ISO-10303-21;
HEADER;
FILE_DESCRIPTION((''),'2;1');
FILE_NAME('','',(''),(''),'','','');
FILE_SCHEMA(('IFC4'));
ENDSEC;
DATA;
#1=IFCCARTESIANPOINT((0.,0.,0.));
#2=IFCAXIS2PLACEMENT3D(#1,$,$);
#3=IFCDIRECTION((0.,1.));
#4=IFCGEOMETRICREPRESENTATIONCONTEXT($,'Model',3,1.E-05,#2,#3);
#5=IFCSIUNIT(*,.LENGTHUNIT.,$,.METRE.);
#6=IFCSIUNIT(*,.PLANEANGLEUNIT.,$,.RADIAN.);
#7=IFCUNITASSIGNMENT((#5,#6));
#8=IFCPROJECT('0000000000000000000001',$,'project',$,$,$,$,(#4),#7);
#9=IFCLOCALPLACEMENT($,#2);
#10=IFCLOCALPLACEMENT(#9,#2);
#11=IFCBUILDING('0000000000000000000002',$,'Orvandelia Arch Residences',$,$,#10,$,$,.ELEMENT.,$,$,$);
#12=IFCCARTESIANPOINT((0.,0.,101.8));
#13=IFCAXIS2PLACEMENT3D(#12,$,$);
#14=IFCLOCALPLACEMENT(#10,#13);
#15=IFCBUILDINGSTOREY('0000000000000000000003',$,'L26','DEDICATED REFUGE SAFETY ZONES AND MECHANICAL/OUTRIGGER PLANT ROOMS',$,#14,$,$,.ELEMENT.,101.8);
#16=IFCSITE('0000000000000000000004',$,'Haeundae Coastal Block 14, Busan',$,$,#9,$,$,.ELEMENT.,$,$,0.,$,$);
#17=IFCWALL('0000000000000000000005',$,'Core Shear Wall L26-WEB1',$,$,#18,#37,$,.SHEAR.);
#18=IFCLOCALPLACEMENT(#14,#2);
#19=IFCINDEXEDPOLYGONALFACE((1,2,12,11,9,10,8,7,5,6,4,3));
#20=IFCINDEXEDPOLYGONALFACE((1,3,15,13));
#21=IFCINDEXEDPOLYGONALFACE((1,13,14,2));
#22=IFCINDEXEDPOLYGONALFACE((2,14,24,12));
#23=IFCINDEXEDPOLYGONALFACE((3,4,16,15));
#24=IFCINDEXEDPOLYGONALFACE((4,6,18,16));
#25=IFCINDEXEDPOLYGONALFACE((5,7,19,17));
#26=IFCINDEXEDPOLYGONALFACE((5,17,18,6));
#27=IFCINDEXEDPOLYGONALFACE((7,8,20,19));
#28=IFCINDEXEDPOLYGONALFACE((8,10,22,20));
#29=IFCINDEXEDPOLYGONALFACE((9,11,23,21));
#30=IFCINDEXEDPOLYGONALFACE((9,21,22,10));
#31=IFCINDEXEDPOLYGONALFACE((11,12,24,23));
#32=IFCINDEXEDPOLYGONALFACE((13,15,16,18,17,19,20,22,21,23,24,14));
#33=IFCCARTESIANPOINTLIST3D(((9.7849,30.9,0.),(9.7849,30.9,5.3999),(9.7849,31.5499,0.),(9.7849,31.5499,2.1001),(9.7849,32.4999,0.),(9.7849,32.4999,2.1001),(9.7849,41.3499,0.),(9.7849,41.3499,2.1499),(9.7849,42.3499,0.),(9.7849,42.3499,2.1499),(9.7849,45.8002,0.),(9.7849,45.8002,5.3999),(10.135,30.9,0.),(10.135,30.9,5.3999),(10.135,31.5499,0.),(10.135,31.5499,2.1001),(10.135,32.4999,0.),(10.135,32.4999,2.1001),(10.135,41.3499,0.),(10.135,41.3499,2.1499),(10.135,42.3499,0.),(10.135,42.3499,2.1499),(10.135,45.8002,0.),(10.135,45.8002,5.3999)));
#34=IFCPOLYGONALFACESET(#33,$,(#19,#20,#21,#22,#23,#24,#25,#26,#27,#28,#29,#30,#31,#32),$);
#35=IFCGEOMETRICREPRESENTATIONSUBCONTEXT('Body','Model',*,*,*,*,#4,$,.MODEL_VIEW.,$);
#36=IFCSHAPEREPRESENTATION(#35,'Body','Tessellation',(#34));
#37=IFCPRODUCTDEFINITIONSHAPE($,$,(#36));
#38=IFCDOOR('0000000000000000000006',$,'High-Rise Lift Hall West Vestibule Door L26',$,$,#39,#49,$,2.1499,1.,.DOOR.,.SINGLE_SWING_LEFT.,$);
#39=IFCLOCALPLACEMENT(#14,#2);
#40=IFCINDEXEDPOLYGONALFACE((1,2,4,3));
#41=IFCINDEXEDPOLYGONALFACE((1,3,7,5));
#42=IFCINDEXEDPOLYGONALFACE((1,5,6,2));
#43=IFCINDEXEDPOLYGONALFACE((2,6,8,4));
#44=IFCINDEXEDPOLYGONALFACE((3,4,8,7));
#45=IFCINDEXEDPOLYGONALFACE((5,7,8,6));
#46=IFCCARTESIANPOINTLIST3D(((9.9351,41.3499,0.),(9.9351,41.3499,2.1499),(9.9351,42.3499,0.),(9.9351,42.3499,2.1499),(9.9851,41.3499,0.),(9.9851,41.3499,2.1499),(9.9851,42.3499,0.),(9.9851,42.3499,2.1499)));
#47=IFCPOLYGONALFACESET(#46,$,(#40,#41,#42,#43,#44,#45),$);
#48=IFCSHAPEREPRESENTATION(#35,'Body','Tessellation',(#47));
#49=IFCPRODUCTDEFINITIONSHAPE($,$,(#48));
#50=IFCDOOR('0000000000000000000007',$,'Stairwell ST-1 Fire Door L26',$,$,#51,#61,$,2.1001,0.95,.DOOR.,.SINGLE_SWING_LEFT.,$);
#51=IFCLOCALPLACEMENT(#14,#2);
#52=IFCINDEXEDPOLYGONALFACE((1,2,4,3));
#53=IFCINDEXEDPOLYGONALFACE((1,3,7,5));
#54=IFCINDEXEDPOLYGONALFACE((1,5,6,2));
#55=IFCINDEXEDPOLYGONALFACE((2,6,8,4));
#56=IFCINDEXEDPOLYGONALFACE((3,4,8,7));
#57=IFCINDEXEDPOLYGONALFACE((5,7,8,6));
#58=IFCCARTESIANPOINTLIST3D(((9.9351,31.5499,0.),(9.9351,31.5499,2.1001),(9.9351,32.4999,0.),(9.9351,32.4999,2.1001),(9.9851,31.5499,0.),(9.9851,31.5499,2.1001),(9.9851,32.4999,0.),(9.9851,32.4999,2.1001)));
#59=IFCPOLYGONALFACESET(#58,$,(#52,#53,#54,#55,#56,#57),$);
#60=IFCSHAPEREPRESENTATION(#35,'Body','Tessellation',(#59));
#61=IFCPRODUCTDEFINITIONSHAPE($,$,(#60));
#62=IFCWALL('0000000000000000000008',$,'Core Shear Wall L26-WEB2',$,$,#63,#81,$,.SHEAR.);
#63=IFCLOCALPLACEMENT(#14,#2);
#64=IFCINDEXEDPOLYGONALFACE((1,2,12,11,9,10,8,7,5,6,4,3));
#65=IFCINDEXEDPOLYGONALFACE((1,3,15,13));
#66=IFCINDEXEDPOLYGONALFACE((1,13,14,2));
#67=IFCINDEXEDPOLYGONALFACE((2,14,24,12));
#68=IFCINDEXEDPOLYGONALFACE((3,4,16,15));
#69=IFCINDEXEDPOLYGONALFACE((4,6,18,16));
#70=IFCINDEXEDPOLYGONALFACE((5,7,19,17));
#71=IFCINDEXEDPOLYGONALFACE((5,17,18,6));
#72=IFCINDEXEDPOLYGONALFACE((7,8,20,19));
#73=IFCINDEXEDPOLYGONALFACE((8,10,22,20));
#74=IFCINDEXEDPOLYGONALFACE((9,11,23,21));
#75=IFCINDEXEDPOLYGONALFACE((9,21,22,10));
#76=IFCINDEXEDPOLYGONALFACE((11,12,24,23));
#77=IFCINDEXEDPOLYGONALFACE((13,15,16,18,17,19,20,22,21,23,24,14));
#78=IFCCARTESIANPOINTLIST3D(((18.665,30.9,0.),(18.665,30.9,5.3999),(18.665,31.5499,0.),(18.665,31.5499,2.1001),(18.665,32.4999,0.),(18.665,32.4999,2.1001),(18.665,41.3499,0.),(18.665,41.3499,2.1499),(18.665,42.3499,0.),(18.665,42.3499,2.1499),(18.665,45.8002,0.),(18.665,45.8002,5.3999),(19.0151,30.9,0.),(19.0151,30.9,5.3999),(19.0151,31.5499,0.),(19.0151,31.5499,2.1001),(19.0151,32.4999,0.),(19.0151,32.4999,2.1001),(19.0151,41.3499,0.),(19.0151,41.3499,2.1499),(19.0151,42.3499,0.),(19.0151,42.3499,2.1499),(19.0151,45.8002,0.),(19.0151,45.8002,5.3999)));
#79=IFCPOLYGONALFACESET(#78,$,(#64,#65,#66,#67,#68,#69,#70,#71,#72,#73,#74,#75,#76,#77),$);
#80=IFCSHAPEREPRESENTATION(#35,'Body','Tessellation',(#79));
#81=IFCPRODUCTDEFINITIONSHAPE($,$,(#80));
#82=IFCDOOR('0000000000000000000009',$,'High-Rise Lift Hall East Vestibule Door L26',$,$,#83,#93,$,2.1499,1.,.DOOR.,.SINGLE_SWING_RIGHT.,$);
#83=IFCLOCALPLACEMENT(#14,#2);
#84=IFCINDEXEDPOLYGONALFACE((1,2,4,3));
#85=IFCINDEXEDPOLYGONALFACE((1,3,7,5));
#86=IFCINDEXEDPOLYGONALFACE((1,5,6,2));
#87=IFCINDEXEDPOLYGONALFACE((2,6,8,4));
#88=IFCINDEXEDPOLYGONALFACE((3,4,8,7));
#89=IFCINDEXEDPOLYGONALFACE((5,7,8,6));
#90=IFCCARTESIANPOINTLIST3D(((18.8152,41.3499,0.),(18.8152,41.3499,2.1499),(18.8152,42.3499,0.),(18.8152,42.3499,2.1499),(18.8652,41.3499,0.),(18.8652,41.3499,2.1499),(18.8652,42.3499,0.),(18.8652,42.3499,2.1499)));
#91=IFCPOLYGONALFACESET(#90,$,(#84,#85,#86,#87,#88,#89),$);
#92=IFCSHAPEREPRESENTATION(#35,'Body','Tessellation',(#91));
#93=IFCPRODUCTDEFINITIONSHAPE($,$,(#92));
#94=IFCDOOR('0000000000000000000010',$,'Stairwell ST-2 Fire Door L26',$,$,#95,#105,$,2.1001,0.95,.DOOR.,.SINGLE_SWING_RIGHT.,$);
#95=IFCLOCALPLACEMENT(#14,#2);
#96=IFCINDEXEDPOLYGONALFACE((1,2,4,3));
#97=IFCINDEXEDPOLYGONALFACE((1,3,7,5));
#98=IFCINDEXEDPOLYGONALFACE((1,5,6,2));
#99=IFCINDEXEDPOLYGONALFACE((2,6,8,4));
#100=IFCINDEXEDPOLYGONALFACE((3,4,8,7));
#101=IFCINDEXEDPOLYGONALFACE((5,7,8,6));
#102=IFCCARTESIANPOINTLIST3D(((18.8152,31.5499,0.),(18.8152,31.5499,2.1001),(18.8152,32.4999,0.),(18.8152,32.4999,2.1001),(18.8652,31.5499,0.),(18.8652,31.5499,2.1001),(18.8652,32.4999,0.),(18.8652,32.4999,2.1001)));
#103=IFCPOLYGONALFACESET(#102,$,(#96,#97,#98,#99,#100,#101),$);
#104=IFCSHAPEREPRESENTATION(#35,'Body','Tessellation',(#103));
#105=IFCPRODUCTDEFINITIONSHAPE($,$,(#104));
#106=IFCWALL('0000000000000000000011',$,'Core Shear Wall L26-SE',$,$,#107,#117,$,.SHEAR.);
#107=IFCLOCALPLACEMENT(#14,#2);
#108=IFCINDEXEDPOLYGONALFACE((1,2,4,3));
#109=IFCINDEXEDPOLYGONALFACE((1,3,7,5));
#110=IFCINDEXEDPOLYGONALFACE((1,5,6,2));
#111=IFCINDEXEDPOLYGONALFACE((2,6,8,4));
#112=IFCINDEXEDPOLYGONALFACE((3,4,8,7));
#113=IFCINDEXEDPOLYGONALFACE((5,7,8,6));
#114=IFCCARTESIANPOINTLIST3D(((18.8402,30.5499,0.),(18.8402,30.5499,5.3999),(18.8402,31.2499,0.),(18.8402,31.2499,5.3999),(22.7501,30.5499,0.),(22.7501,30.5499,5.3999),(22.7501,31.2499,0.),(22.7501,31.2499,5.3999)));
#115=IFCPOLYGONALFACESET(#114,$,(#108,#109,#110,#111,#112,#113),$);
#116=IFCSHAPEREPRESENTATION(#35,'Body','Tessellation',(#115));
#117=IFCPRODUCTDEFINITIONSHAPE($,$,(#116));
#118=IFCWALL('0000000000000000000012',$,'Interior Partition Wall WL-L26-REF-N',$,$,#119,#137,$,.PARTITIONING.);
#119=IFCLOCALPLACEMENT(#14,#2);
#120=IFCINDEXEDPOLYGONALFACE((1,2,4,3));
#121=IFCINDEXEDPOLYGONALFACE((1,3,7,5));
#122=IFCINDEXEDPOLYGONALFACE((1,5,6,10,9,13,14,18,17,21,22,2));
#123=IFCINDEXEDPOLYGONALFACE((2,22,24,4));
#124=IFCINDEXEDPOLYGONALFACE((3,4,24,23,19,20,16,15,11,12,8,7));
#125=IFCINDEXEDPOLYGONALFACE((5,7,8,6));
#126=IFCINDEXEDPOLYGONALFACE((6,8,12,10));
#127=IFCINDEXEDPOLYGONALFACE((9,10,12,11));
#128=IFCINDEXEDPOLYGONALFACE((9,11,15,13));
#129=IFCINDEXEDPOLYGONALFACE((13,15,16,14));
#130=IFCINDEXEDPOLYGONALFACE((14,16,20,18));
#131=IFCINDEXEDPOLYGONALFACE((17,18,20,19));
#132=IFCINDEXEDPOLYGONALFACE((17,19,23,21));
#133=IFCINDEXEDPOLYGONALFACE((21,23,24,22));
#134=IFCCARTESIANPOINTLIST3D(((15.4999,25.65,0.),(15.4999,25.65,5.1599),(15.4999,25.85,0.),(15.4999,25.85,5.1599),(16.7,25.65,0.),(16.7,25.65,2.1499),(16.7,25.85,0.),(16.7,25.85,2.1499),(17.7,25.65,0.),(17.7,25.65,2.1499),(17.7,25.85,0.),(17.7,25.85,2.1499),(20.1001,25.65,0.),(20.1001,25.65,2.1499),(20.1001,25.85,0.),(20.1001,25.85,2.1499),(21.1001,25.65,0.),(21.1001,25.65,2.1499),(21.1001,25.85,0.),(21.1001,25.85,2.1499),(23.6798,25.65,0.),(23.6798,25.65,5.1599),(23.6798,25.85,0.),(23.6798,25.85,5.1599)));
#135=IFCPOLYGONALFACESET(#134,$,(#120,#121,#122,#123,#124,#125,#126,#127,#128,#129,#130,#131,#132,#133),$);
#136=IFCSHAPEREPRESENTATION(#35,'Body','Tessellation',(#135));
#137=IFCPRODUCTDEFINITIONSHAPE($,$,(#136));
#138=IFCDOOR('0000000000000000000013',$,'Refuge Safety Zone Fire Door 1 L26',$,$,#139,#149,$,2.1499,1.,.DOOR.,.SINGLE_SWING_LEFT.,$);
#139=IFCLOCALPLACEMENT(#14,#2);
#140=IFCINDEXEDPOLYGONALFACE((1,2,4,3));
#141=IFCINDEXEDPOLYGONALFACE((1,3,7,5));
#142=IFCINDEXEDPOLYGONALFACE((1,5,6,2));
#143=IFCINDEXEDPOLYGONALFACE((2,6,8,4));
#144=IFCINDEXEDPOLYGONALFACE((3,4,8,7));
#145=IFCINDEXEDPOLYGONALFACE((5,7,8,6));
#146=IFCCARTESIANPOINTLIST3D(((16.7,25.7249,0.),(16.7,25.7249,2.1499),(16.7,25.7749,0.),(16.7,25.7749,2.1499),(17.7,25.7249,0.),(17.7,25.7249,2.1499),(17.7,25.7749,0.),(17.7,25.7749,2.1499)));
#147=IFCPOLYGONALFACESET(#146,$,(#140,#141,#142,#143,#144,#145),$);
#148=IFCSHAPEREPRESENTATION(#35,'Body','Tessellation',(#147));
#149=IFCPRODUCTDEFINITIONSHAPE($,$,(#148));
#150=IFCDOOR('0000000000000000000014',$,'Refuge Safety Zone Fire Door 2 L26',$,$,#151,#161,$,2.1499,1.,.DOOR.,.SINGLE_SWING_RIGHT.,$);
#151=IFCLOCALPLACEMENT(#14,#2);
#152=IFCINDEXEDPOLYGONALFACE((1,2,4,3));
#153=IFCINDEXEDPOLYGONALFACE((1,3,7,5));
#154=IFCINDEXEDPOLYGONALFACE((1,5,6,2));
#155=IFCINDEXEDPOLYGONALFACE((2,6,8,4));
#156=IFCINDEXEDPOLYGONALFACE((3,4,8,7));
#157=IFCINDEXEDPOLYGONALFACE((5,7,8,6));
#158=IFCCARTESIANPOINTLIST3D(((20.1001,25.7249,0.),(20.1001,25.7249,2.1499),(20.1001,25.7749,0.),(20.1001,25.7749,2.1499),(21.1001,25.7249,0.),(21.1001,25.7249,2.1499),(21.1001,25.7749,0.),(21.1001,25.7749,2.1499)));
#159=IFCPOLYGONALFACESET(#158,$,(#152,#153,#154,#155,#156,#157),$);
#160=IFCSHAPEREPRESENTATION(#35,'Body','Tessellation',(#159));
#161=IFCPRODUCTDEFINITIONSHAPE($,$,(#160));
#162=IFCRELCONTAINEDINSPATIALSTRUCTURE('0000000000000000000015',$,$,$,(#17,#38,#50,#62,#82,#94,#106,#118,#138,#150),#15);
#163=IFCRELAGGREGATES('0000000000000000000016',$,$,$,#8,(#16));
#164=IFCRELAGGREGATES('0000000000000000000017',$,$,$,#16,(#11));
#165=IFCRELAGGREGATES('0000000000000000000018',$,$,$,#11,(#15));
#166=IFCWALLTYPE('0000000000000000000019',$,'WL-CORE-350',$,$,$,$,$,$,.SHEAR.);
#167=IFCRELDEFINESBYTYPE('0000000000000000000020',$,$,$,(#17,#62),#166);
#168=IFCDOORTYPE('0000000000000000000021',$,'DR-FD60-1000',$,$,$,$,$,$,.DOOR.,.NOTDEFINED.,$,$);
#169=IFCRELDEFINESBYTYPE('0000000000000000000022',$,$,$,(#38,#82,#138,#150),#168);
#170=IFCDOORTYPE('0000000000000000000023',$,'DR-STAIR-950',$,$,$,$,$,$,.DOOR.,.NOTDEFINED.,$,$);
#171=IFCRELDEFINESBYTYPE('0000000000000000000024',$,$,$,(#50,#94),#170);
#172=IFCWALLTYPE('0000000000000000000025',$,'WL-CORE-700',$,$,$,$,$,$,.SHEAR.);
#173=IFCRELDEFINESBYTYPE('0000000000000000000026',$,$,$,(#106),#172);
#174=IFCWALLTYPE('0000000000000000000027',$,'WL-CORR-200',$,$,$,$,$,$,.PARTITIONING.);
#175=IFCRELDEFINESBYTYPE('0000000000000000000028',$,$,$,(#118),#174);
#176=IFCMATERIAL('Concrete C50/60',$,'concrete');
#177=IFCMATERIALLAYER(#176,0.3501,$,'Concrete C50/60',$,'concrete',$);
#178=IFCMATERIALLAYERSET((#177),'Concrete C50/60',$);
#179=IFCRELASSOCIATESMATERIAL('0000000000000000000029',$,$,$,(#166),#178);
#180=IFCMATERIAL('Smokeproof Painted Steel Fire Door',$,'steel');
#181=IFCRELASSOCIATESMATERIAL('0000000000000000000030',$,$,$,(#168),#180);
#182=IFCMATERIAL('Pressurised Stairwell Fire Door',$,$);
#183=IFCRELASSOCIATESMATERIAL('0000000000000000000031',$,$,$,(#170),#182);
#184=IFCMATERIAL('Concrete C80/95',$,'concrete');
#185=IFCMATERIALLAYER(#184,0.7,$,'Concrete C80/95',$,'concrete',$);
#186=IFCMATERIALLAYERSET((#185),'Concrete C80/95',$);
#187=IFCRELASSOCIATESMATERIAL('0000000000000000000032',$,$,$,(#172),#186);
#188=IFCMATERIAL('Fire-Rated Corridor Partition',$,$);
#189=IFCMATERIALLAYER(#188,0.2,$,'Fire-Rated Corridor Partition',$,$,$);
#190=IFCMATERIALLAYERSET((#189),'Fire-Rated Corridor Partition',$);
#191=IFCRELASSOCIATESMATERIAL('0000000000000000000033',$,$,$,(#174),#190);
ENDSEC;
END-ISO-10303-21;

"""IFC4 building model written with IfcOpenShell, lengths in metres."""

from ifc_helpers import new_model, si_unit, direction, frame, frame_2d, origin, place, context, subcontext, project, spatial, rectangle, extrude, material, layer, layer_set, type_object, element, fill, save


model = new_model("IFC4")

# Units and contexts
model_context = context("Model", 3, precision=1e-05, world=origin(), true_north=direction((0.0, 1.0)))
body_context = subcontext(model_context, "Body", "Model", "MODEL_VIEW")
ifc_project = project(units=[si_unit("LENGTHUNIT", "METRE"), si_unit("PLANEANGLEUNIT", "RADIAN")], contexts=[model_context])

# Site, building, storey
site_placement = place(None, origin())
site = spatial("IfcSite", under=ifc_project, at=site_placement, Name="Haeundae Coastal Block 14, Busan", CompositionType="ELEMENT", RefElevation=0.0)
building_placement = place(site_placement, origin())
building = spatial("IfcBuilding", under=site, at=building_placement, Name="Orvandelia Arch Residences", CompositionType="ELEMENT")
storey_placement = place(building_placement, frame((0.0, 0.0, 101.8)))
storey = spatial("IfcBuildingStorey", under=building, at=storey_placement, Name="L26", Description="DEDICATED REFUGE SAFETY ZONES AND MECHANICAL/OUTRIGGER PLANT ROOMS", CompositionType="ELEMENT", Elevation=101.8)

# Walls, openings, doors
ifc_material_1 = material(Name="Concrete C50/60", Category="concrete")
ifc_layer_1 = layer(ifc_material_1, 0.3501, Name="Concrete C50/60", Category="concrete")
ifc_layer_set_1 = layer_set([ifc_layer_1], Name="Concrete C50/60")
wall_type_1 = type_object("IfcWallType", Name="WL-CORE-350", PredefinedType="SHEAR", material=ifc_layer_set_1)
wall_1_placement = place(storey_placement, frame((9.96, 30.8999, 0.0), z_axis=(0.0, 0.0, 1.0), x_axis=(0.0, 1.0, 0.0)))
wall_1 = element("IfcWall", 1, at=wall_1_placement, inside=storey, type_object=wall_type_1, Name="Core Shear Wall L26-WEB1", PredefinedType="SHEAR", context=body_context, shape_type="SweptSolid", body=[
    extrude(rectangle(XDim=14.9001, YDim=0.3501, at=frame_2d((7.4502, 0.0))), origin(), (0.0, 0.0, 1.0), 5.3999),
])
opening_1_placement = place(wall_1_placement, frame((0.6499, 0.0, 0.0)))
opening_1 = element("IfcOpeningElement", 2, at=opening_1_placement, cuts=wall_1, PredefinedType="OPENING", context=body_context, shape_type="SweptSolid", body=[
    extrude(rectangle(XDim=0.95, YDim=2.1001, at=frame_2d((0.4751, 1.05))), frame((0.0, 0.1851, 0.0), z_axis=(0.0, -1.0, 0.0), x_axis=(1.0, 0.0, 0.0)), (0.0, 0.0, 1.0), 0.3701),
])
opening_2_placement = place(wall_1_placement, frame((10.45, 0.0, 0.0)))
opening_2 = element("IfcOpeningElement", 3, at=opening_2_placement, cuts=wall_1, PredefinedType="OPENING", context=body_context, shape_type="SweptSolid", body=[
    extrude(rectangle(XDim=1.0, YDim=2.1499, at=frame_2d((0.5, 1.075))), frame((0.0, 0.1851, 0.0), z_axis=(0.0, -1.0, 0.0), x_axis=(1.0, 0.0, 0.0)), (0.0, 0.0, 1.0), 0.3701),
])
ifc_material_2 = material(Name="Smokeproof Painted Steel Fire Door", Category="steel")
door_type_1 = type_object("IfcDoorType", Name="DR-FD60-1000", OperationType="NOTDEFINED", PredefinedType="DOOR", material=ifc_material_2)
door_1_placement = place(opening_2_placement, origin())
door_1 = element("IfcDoor", 4, at=door_1_placement, inside=storey, type_object=door_type_1, Name="High-Rise Lift Hall West Vestibule Door L26", OperationType="SINGLE_SWING_LEFT", OverallHeight=2.1499, OverallWidth=1.0, PredefinedType="DOOR", context=body_context, shape_type="SweptSolid", body=[
    extrude(rectangle(XDim=1.0, YDim=2.1499, at=frame_2d((0.5, 1.075))), frame((0.0, 0.0249, 0.0), z_axis=(0.0, -1.0, 0.0), x_axis=(1.0, 0.0, 0.0)), (0.0, 0.0, 1.0), 0.05),
])
fill(opening_2, door_1)
ifc_material_3 = material(Name="Pressurised Stairwell Fire Door")
door_type_2 = type_object("IfcDoorType", Name="DR-STAIR-950", OperationType="NOTDEFINED", PredefinedType="DOOR", material=ifc_material_3)
door_2_placement = place(opening_1_placement, origin())
door_2 = element("IfcDoor", 5, at=door_2_placement, inside=storey, type_object=door_type_2, Name="Stairwell ST-1 Fire Door L26", OperationType="SINGLE_SWING_LEFT", OverallHeight=2.1001, OverallWidth=0.95, PredefinedType="DOOR", context=body_context, shape_type="SweptSolid", body=[
    extrude(rectangle(XDim=0.95, YDim=2.1001, at=frame_2d((0.4751, 1.05))), frame((0.0, 0.0249, 0.0), z_axis=(0.0, -1.0, 0.0), x_axis=(1.0, 0.0, 0.0)), (0.0, 0.0, 1.0), 0.05),
])
fill(opening_1, door_2)
wall_2_placement = place(storey_placement, frame((18.8401, 30.8999, 0.0), z_axis=(0.0, 0.0, 1.0), x_axis=(0.0, 1.0, 0.0)))
wall_2 = element("IfcWall", 6, at=wall_2_placement, inside=storey, type_object=wall_type_1, Name="Core Shear Wall L26-WEB2", PredefinedType="SHEAR", context=body_context, shape_type="SweptSolid", body=[
    extrude(rectangle(XDim=14.9001, YDim=0.3501, at=frame_2d((7.4502, 0.0))), origin(), (0.0, 0.0, 1.0), 5.3999),
])
opening_3_placement = place(wall_2_placement, frame((0.6499, 0.0, 0.0)))
opening_3 = element("IfcOpeningElement", 7, at=opening_3_placement, cuts=wall_2, PredefinedType="OPENING", context=body_context, shape_type="SweptSolid", body=[
    extrude(rectangle(XDim=0.95, YDim=2.1001, at=frame_2d((0.4751, 1.05))), frame((0.0, 0.1851, 0.0), z_axis=(0.0, -1.0, 0.0), x_axis=(1.0, 0.0, 0.0)), (0.0, 0.0, 1.0), 0.3701),
])
opening_4_placement = place(wall_2_placement, frame((10.45, 0.0, 0.0)))
opening_4 = element("IfcOpeningElement", 8, at=opening_4_placement, cuts=wall_2, PredefinedType="OPENING", context=body_context, shape_type="SweptSolid", body=[
    extrude(rectangle(XDim=1.0, YDim=2.1499, at=frame_2d((0.5, 1.075))), frame((0.0, 0.1851, 0.0), z_axis=(0.0, -1.0, 0.0), x_axis=(1.0, 0.0, 0.0)), (0.0, 0.0, 1.0), 0.3701),
])
door_3_placement = place(opening_4_placement, origin())
door_3 = element("IfcDoor", 9, at=door_3_placement, inside=storey, type_object=door_type_1, Name="High-Rise Lift Hall East Vestibule Door L26", OperationType="SINGLE_SWING_RIGHT", OverallHeight=2.1499, OverallWidth=1.0, PredefinedType="DOOR", context=body_context, shape_type="SweptSolid", body=[
    extrude(rectangle(XDim=1.0, YDim=2.1499, at=frame_2d((0.5, 1.075))), frame((0.0, 0.0249, 0.0), z_axis=(0.0, -1.0, 0.0), x_axis=(1.0, 0.0, 0.0)), (0.0, 0.0, 1.0), 0.05),
])
fill(opening_4, door_3)
door_4_placement = place(opening_3_placement, origin())
door_4 = element("IfcDoor", 10, at=door_4_placement, inside=storey, type_object=door_type_2, Name="Stairwell ST-2 Fire Door L26", OperationType="SINGLE_SWING_RIGHT", OverallHeight=2.1001, OverallWidth=0.95, PredefinedType="DOOR", context=body_context, shape_type="SweptSolid", body=[
    extrude(rectangle(XDim=0.95, YDim=2.1001, at=frame_2d((0.4751, 1.05))), frame((0.0, 0.0249, 0.0), z_axis=(0.0, -1.0, 0.0), x_axis=(1.0, 0.0, 0.0)), (0.0, 0.0, 1.0), 0.05),
])
fill(opening_3, door_4)

# Shared definitions
ifc_material_4 = material(Name="Concrete C80/95", Category="concrete")
ifc_layer_2 = layer(ifc_material_4, 0.7, Name="Concrete C80/95", Category="concrete")
ifc_layer_set_2 = layer_set([ifc_layer_2], Name="Concrete C80/95")
wall_type_2 = type_object("IfcWallType", Name="WL-CORE-700", PredefinedType="SHEAR", material=ifc_layer_set_2)

# Wall
wall_3_placement = place(storey_placement, frame((18.8401, 30.8999, 0.0), z_axis=(0.0, 0.0, 1.0), x_axis=(1.0, 0.0, 0.0)))
element("IfcWall", 11, at=wall_3_placement, inside=storey, type_object=wall_type_2, Name="Core Shear Wall L26-SE", PredefinedType="SHEAR", context=body_context, shape_type="SweptSolid", body=[
    extrude(rectangle(XDim=3.9099, YDim=0.7, at=frame_2d((1.9551, 0.0))), origin(), (0.0, 0.0, 1.0), 5.3999),
])

# Wall, openings, doors
ifc_material_5 = material(Name="Fire-Rated Corridor Partition")
ifc_layer_3 = layer(ifc_material_5, 0.2, Name="Fire-Rated Corridor Partition")
ifc_layer_set_3 = layer_set([ifc_layer_3], Name="Fire-Rated Corridor Partition")
wall_type_3 = type_object("IfcWallType", Name="WL-CORR-200", PredefinedType="PARTITIONING", material=ifc_layer_set_3)
wall_4_placement = place(storey_placement, frame((15.5, 25.75, 0.0), z_axis=(0.0, 0.0, 1.0), x_axis=(1.0, 0.0, 0.0)))
wall_4 = element("IfcWall", 12, at=wall_4_placement, inside=storey, type_object=wall_type_3, Name="Interior Partition Wall WL-L26-REF-N", PredefinedType="PARTITIONING", context=body_context, shape_type="SweptSolid", body=[
    extrude(rectangle(XDim=8.1799, YDim=0.2, at=frame_2d((4.0898, 0.0))), origin(), (0.0, 0.0, 1.0), 5.1599),
])
opening_5_placement = place(wall_4_placement, frame((1.2, 0.0, 0.0)))
opening_5 = element("IfcOpeningElement", 13, at=opening_5_placement, cuts=wall_4, PredefinedType="OPENING", context=body_context, shape_type="SweptSolid", body=[
    extrude(rectangle(XDim=1.0, YDim=2.1499, at=frame_2d((0.5, 1.075))), frame((0.0, 0.1099, 0.0), z_axis=(0.0, -1.0, 0.0), x_axis=(1.0, 0.0, 0.0)), (0.0, 0.0, 1.0), 0.22),
])
opening_6_placement = place(wall_4_placement, frame((4.6001, 0.0, 0.0)))
opening_6 = element("IfcOpeningElement", 14, at=opening_6_placement, cuts=wall_4, PredefinedType="OPENING", context=body_context, shape_type="SweptSolid", body=[
    extrude(rectangle(XDim=1.0, YDim=2.1499, at=frame_2d((0.5, 1.075))), frame((0.0, 0.1099, 0.0), z_axis=(0.0, -1.0, 0.0), x_axis=(1.0, 0.0, 0.0)), (0.0, 0.0, 1.0), 0.22),
])
door_5_placement = place(opening_5_placement, origin())
door_5 = element("IfcDoor", 15, at=door_5_placement, inside=storey, type_object=door_type_1, Name="Refuge Safety Zone Fire Door 1 L26", OperationType="SINGLE_SWING_LEFT", OverallHeight=2.1499, OverallWidth=1.0, PredefinedType="DOOR", context=body_context, shape_type="SweptSolid", body=[
    extrude(rectangle(XDim=1.0, YDim=2.1499, at=frame_2d((0.5, 1.075))), frame((0.0, 0.0249, 0.0), z_axis=(0.0, -1.0, 0.0), x_axis=(1.0, 0.0, 0.0)), (0.0, 0.0, 1.0), 0.05),
])
fill(opening_5, door_5)
door_6_placement = place(opening_6_placement, origin())
door_6 = element("IfcDoor", 16, at=door_6_placement, inside=storey, type_object=door_type_1, Name="Refuge Safety Zone Fire Door 2 L26", OperationType="SINGLE_SWING_RIGHT", OverallHeight=2.1499, OverallWidth=1.0, PredefinedType="DOOR", context=body_context, shape_type="SweptSolid", body=[
    extrude(rectangle(XDim=1.0, YDim=2.1499, at=frame_2d((0.5, 1.075))), frame((0.0, 0.0249, 0.0), z_axis=(0.0, -1.0, 0.0), x_axis=(1.0, 0.0, 0.0)), (0.0, 0.0, 1.0), 0.05),
])
fill(opening_6, door_6)

save(model, "model.ifc")
